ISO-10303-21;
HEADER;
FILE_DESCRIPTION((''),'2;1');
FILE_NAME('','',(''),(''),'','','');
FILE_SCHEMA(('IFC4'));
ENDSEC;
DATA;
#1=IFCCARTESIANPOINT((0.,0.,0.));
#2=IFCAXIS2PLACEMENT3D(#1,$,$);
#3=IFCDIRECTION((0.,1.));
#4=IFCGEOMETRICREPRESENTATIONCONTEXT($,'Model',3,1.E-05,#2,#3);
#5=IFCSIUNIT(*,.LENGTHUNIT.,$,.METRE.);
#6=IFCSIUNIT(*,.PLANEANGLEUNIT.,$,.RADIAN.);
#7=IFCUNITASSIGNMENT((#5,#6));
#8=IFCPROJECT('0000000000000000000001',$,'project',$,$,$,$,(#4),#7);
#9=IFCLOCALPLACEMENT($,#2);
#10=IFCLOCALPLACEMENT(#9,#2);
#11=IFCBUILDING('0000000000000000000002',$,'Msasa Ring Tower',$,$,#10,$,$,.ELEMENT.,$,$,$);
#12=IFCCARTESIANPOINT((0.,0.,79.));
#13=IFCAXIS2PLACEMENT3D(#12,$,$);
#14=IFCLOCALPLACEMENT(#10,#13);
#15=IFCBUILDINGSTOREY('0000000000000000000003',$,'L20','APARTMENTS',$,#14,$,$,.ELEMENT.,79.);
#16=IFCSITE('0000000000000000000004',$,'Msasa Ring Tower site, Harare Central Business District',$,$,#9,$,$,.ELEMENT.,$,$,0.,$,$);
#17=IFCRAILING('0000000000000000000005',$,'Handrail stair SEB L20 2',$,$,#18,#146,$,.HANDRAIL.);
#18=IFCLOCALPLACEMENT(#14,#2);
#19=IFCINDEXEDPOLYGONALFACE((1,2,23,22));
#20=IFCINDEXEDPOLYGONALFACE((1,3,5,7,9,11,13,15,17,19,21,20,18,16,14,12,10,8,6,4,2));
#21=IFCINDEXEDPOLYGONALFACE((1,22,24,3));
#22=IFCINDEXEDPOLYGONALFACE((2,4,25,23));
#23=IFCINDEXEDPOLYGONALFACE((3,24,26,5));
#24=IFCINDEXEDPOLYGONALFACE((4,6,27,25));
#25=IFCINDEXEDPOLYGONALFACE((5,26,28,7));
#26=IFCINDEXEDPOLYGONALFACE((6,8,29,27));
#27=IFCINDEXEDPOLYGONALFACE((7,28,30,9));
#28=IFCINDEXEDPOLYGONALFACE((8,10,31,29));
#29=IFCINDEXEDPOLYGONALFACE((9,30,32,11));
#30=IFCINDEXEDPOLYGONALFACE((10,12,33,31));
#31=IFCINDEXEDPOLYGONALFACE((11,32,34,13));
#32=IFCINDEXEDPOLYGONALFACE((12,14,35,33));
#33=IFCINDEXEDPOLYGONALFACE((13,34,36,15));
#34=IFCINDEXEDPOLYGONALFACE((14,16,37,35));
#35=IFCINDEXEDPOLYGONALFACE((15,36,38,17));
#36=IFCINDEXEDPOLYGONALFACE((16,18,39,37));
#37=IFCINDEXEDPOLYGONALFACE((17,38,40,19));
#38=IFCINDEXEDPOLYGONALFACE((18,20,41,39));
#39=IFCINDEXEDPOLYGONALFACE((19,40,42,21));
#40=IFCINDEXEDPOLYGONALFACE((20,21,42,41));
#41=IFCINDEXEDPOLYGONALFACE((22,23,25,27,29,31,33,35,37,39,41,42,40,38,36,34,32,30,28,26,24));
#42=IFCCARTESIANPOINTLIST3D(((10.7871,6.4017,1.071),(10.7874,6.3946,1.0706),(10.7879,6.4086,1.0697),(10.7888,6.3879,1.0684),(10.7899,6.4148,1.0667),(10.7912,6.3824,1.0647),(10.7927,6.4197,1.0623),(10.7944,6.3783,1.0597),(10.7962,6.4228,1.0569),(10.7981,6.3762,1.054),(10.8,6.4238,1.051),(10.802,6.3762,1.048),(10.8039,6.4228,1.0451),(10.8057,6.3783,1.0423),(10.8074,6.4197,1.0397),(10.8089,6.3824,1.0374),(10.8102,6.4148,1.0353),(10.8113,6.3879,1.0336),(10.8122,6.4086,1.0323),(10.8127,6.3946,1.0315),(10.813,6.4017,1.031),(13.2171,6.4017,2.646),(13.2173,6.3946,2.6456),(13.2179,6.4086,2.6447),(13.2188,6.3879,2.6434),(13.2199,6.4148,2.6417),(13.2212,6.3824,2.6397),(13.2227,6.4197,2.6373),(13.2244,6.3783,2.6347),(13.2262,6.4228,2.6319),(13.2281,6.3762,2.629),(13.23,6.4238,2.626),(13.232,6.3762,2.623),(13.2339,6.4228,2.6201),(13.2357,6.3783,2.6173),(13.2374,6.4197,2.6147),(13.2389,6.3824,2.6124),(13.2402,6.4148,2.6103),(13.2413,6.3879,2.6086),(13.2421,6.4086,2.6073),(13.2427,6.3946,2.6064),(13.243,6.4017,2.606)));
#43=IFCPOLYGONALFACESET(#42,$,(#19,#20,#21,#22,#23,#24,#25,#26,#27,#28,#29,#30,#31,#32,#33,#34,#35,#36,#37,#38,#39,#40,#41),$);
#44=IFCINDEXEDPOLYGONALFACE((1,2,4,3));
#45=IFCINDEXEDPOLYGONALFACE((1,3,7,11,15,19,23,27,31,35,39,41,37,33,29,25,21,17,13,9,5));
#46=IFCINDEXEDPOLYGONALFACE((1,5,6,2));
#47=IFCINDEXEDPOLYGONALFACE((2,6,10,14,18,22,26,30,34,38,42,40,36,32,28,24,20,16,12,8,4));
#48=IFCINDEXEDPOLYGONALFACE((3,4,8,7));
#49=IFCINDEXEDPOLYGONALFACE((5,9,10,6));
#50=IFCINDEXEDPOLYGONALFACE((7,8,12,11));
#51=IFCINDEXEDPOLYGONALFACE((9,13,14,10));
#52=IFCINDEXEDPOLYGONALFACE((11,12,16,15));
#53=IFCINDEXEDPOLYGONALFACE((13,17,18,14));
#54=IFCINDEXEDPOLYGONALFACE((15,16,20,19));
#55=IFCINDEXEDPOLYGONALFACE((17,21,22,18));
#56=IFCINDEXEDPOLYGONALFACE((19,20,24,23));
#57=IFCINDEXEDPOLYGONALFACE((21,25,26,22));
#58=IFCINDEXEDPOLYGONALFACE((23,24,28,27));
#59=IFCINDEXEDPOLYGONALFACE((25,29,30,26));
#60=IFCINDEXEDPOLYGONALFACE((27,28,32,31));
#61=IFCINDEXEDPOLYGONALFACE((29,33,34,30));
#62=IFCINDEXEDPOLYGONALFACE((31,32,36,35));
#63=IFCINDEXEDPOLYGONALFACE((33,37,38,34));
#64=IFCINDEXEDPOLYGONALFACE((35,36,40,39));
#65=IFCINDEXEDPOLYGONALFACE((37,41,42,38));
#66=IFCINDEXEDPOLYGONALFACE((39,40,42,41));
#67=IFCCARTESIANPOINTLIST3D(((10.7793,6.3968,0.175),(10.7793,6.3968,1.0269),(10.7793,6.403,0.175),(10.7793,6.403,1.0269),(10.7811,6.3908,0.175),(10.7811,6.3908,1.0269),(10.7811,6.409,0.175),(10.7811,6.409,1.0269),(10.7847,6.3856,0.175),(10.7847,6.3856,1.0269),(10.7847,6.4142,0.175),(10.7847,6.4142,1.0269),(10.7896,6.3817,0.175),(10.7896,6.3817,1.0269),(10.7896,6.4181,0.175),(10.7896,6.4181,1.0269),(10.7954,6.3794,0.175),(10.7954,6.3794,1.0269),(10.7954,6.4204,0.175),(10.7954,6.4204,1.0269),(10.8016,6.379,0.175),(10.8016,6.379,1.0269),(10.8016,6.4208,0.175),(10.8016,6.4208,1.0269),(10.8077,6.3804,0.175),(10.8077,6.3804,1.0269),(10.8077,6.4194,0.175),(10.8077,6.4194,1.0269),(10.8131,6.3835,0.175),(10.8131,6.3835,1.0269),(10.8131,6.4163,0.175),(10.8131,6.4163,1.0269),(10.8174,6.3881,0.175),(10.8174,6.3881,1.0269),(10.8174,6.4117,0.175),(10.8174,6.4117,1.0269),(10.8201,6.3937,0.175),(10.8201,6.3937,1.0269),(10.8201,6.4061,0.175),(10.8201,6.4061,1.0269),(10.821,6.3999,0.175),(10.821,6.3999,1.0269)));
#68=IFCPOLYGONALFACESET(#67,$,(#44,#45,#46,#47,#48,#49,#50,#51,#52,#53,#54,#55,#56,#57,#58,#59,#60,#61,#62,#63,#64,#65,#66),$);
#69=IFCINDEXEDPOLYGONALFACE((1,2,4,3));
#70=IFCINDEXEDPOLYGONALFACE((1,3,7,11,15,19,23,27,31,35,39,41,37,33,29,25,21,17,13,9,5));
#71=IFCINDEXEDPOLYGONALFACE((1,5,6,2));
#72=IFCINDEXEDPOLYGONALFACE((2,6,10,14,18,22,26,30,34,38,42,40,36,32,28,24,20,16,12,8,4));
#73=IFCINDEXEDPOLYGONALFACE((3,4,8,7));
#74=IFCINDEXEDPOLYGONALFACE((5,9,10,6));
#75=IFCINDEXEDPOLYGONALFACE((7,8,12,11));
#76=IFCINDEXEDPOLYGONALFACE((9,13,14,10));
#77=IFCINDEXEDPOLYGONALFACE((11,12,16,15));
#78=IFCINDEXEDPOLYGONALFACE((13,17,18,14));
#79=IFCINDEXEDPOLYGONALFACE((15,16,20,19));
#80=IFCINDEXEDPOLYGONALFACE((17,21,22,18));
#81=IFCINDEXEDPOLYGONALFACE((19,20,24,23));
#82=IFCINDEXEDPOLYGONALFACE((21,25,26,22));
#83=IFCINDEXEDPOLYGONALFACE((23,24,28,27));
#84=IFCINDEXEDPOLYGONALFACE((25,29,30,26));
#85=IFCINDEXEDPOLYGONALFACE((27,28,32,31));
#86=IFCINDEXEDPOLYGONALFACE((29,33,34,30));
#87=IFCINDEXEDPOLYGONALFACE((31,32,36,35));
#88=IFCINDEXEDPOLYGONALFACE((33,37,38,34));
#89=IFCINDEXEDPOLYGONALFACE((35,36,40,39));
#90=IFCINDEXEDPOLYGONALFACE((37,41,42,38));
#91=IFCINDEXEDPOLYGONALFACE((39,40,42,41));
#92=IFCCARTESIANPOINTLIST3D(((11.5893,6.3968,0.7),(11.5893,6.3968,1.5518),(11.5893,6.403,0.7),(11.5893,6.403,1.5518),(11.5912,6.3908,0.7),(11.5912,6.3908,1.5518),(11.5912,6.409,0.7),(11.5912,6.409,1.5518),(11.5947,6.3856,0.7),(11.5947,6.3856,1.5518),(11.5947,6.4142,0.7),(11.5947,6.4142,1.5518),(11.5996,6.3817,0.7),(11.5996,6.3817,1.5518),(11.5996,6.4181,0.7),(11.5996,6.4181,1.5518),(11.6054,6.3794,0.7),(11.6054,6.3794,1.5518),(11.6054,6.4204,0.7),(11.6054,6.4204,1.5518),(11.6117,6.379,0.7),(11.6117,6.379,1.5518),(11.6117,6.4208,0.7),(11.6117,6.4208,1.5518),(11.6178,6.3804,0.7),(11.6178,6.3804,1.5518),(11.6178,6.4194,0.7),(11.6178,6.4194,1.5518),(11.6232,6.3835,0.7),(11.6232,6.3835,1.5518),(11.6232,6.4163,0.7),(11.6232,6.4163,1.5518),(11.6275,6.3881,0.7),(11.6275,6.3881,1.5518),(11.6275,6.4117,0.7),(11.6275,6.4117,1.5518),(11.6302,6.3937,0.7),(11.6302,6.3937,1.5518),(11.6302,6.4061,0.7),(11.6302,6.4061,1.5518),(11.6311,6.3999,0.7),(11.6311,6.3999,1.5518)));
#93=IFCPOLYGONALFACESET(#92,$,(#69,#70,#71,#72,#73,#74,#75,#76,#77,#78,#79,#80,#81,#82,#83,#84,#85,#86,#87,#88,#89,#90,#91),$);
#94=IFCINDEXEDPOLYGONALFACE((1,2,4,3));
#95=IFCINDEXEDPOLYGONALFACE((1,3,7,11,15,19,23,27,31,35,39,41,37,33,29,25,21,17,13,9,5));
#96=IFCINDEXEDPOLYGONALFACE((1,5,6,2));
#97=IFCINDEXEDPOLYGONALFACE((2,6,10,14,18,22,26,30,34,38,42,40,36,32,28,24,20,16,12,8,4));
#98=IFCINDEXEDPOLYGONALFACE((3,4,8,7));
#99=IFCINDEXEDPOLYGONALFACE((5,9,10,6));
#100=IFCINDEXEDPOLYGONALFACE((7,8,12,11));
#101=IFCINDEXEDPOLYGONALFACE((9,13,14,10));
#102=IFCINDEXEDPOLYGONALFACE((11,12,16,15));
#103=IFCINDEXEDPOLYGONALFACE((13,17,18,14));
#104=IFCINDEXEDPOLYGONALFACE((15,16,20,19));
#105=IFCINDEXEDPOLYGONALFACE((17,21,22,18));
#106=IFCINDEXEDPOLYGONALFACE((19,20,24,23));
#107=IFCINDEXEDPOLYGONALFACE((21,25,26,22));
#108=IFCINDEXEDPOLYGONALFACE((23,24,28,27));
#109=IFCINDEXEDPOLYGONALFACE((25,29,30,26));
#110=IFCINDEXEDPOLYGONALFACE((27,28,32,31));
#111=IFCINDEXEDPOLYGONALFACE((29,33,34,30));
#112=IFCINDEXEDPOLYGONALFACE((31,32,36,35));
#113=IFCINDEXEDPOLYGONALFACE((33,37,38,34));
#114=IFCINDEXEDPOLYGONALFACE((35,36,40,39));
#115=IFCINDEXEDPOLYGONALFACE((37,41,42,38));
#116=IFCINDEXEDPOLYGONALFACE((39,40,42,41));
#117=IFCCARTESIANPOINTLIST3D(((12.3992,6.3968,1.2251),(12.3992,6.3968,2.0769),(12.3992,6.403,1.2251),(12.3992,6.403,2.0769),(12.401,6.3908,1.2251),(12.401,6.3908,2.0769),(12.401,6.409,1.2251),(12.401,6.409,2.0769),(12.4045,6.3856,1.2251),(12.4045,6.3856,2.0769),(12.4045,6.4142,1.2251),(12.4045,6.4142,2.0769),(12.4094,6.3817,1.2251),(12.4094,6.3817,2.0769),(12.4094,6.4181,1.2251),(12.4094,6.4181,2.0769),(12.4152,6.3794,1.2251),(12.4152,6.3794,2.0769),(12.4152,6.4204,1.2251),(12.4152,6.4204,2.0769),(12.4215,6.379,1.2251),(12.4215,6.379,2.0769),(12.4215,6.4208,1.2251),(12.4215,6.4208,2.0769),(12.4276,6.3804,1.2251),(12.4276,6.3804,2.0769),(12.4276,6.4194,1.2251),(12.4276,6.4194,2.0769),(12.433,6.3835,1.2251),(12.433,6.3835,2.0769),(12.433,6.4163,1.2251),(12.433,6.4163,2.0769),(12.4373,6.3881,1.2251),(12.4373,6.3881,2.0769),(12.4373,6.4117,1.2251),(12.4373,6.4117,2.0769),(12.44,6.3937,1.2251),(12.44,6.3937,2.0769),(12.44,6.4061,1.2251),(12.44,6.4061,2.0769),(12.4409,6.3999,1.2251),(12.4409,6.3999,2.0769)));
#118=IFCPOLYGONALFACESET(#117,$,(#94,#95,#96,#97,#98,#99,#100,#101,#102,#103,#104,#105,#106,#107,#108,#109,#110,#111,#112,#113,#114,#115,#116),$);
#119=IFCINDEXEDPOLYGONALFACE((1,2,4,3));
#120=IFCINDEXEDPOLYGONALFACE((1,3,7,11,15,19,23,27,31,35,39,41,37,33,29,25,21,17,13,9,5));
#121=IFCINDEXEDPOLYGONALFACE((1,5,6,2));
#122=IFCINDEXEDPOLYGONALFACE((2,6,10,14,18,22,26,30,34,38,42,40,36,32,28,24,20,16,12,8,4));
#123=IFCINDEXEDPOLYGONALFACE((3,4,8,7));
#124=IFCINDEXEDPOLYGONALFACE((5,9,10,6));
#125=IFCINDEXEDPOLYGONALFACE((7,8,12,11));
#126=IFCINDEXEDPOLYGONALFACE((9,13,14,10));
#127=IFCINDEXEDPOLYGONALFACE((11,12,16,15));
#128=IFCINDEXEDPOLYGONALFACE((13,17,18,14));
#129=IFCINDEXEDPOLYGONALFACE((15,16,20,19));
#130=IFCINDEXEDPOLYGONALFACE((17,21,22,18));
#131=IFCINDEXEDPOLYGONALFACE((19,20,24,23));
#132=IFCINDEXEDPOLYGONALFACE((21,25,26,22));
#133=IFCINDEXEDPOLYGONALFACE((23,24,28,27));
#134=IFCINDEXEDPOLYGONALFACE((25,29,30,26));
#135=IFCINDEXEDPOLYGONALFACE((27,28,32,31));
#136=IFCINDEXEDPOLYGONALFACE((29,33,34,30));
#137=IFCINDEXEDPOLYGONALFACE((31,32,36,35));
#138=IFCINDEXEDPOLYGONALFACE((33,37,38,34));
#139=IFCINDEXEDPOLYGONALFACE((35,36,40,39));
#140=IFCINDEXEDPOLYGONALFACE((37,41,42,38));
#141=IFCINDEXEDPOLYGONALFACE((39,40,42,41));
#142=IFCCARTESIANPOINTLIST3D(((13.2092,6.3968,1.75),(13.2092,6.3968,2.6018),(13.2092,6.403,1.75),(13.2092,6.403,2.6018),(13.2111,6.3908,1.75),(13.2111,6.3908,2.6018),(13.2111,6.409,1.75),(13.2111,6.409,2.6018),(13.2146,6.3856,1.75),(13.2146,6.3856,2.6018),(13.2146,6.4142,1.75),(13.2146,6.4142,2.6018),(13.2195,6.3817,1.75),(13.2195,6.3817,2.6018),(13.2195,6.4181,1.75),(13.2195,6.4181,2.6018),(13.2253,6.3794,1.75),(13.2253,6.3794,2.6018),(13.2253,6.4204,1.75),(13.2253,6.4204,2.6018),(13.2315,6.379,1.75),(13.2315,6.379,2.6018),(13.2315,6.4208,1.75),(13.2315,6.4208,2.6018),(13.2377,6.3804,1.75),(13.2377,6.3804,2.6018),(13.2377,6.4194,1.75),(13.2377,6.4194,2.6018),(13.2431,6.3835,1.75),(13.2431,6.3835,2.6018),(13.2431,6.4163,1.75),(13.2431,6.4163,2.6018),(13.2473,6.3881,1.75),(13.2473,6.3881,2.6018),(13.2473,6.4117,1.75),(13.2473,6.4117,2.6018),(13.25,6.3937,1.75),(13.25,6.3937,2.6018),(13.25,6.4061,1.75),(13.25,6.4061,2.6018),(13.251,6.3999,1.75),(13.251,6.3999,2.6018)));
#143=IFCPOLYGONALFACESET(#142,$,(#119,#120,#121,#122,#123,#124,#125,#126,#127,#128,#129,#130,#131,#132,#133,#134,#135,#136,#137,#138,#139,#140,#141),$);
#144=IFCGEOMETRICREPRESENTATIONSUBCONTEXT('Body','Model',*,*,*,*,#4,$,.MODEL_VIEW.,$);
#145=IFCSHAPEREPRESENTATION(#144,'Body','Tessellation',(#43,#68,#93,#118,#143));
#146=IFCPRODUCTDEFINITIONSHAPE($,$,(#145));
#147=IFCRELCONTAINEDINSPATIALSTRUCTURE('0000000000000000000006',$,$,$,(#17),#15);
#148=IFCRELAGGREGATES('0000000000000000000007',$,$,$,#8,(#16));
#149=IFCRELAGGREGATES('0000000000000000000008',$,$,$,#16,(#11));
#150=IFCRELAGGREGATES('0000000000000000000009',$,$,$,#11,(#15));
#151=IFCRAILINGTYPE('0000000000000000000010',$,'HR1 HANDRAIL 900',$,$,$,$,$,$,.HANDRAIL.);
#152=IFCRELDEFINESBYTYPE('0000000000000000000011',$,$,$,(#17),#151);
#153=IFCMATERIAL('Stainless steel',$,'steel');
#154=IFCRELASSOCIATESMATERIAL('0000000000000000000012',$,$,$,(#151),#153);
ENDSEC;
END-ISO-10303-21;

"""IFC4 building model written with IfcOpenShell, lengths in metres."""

from ifc_helpers import new_model, si_unit, direction, frame, origin, origin_2d, place, context, subcontext, project, spatial, circle, extrude, material, type_object, element, save


model = new_model("IFC4")

# Units and contexts
model_context = context("Model", 3, precision=1e-05, world=origin(), true_north=direction((0.0, 1.0)))
body_context = subcontext(model_context, "Body", "Model", "MODEL_VIEW")
ifc_project = project(units=[si_unit("LENGTHUNIT", "METRE"), si_unit("PLANEANGLEUNIT", "RADIAN")], contexts=[model_context])

# Site, building, storey
site_placement = place(None, origin())
site = spatial("IfcSite", under=ifc_project, at=site_placement, Name="Msasa Ring Tower site, Harare Central Business District", CompositionType="ELEMENT", RefElevation=0.0)
building_placement = place(site_placement, origin())
building = spatial("IfcBuilding", under=site, at=building_placement, Name="Msasa Ring Tower", CompositionType="ELEMENT")
storey_placement = place(building_placement, frame((0.0, 0.0, 79.0)))
storey = spatial("IfcBuildingStorey", under=building, at=storey_placement, Name="L20", Description="APARTMENTS", CompositionType="ELEMENT", Elevation=79.0)

# Railing
ifc_material_1 = material(Name="Stainless steel", Category="steel")
railing_type = type_object("IfcRailingType", Name="HR1 HANDRAIL 900", PredefinedType="HANDRAIL", material=ifc_material_1)
for number, where, name in (
    (1, (10.8, 6.3999, 0.175), "Handrail stair SEB L20 2"),
):
    element("IfcRailing", number, at=place(storey_placement, frame(where)), inside=storey, type_object=railing_type, Name=name, PredefinedType="HANDRAIL", context=body_context, shape_type="SweptSolid", body=[
        extrude(circle(Radius=0.0239, at=origin_2d()), frame((0.0, 0.0, 0.876), z_axis=(0.839154, 0.0, 0.543894), x_axis=(0.0, 1.0, 0.0)), (0.0, 0.0, 1.0), 2.8958),
        extrude(circle(Radius=0.021, at=origin_2d()), origin(), (0.0, 0.0, 1.0), 0.8518),
        extrude(circle(Radius=0.021, at=origin_2d()), frame((0.8101, 0.0, 0.5249)), (0.0, 0.0, 1.0), 0.8518),
        extrude(circle(Radius=0.021, at=origin_2d()), frame((1.6199, 0.0, 1.05)), (0.0, 0.0, 1.0), 0.8518),
        extrude(circle(Radius=0.021, at=origin_2d()), frame((2.4299, 0.0, 1.575)), (0.0, 0.0, 1.0), 0.8518),
    ])

save(model, "model.ifc")
